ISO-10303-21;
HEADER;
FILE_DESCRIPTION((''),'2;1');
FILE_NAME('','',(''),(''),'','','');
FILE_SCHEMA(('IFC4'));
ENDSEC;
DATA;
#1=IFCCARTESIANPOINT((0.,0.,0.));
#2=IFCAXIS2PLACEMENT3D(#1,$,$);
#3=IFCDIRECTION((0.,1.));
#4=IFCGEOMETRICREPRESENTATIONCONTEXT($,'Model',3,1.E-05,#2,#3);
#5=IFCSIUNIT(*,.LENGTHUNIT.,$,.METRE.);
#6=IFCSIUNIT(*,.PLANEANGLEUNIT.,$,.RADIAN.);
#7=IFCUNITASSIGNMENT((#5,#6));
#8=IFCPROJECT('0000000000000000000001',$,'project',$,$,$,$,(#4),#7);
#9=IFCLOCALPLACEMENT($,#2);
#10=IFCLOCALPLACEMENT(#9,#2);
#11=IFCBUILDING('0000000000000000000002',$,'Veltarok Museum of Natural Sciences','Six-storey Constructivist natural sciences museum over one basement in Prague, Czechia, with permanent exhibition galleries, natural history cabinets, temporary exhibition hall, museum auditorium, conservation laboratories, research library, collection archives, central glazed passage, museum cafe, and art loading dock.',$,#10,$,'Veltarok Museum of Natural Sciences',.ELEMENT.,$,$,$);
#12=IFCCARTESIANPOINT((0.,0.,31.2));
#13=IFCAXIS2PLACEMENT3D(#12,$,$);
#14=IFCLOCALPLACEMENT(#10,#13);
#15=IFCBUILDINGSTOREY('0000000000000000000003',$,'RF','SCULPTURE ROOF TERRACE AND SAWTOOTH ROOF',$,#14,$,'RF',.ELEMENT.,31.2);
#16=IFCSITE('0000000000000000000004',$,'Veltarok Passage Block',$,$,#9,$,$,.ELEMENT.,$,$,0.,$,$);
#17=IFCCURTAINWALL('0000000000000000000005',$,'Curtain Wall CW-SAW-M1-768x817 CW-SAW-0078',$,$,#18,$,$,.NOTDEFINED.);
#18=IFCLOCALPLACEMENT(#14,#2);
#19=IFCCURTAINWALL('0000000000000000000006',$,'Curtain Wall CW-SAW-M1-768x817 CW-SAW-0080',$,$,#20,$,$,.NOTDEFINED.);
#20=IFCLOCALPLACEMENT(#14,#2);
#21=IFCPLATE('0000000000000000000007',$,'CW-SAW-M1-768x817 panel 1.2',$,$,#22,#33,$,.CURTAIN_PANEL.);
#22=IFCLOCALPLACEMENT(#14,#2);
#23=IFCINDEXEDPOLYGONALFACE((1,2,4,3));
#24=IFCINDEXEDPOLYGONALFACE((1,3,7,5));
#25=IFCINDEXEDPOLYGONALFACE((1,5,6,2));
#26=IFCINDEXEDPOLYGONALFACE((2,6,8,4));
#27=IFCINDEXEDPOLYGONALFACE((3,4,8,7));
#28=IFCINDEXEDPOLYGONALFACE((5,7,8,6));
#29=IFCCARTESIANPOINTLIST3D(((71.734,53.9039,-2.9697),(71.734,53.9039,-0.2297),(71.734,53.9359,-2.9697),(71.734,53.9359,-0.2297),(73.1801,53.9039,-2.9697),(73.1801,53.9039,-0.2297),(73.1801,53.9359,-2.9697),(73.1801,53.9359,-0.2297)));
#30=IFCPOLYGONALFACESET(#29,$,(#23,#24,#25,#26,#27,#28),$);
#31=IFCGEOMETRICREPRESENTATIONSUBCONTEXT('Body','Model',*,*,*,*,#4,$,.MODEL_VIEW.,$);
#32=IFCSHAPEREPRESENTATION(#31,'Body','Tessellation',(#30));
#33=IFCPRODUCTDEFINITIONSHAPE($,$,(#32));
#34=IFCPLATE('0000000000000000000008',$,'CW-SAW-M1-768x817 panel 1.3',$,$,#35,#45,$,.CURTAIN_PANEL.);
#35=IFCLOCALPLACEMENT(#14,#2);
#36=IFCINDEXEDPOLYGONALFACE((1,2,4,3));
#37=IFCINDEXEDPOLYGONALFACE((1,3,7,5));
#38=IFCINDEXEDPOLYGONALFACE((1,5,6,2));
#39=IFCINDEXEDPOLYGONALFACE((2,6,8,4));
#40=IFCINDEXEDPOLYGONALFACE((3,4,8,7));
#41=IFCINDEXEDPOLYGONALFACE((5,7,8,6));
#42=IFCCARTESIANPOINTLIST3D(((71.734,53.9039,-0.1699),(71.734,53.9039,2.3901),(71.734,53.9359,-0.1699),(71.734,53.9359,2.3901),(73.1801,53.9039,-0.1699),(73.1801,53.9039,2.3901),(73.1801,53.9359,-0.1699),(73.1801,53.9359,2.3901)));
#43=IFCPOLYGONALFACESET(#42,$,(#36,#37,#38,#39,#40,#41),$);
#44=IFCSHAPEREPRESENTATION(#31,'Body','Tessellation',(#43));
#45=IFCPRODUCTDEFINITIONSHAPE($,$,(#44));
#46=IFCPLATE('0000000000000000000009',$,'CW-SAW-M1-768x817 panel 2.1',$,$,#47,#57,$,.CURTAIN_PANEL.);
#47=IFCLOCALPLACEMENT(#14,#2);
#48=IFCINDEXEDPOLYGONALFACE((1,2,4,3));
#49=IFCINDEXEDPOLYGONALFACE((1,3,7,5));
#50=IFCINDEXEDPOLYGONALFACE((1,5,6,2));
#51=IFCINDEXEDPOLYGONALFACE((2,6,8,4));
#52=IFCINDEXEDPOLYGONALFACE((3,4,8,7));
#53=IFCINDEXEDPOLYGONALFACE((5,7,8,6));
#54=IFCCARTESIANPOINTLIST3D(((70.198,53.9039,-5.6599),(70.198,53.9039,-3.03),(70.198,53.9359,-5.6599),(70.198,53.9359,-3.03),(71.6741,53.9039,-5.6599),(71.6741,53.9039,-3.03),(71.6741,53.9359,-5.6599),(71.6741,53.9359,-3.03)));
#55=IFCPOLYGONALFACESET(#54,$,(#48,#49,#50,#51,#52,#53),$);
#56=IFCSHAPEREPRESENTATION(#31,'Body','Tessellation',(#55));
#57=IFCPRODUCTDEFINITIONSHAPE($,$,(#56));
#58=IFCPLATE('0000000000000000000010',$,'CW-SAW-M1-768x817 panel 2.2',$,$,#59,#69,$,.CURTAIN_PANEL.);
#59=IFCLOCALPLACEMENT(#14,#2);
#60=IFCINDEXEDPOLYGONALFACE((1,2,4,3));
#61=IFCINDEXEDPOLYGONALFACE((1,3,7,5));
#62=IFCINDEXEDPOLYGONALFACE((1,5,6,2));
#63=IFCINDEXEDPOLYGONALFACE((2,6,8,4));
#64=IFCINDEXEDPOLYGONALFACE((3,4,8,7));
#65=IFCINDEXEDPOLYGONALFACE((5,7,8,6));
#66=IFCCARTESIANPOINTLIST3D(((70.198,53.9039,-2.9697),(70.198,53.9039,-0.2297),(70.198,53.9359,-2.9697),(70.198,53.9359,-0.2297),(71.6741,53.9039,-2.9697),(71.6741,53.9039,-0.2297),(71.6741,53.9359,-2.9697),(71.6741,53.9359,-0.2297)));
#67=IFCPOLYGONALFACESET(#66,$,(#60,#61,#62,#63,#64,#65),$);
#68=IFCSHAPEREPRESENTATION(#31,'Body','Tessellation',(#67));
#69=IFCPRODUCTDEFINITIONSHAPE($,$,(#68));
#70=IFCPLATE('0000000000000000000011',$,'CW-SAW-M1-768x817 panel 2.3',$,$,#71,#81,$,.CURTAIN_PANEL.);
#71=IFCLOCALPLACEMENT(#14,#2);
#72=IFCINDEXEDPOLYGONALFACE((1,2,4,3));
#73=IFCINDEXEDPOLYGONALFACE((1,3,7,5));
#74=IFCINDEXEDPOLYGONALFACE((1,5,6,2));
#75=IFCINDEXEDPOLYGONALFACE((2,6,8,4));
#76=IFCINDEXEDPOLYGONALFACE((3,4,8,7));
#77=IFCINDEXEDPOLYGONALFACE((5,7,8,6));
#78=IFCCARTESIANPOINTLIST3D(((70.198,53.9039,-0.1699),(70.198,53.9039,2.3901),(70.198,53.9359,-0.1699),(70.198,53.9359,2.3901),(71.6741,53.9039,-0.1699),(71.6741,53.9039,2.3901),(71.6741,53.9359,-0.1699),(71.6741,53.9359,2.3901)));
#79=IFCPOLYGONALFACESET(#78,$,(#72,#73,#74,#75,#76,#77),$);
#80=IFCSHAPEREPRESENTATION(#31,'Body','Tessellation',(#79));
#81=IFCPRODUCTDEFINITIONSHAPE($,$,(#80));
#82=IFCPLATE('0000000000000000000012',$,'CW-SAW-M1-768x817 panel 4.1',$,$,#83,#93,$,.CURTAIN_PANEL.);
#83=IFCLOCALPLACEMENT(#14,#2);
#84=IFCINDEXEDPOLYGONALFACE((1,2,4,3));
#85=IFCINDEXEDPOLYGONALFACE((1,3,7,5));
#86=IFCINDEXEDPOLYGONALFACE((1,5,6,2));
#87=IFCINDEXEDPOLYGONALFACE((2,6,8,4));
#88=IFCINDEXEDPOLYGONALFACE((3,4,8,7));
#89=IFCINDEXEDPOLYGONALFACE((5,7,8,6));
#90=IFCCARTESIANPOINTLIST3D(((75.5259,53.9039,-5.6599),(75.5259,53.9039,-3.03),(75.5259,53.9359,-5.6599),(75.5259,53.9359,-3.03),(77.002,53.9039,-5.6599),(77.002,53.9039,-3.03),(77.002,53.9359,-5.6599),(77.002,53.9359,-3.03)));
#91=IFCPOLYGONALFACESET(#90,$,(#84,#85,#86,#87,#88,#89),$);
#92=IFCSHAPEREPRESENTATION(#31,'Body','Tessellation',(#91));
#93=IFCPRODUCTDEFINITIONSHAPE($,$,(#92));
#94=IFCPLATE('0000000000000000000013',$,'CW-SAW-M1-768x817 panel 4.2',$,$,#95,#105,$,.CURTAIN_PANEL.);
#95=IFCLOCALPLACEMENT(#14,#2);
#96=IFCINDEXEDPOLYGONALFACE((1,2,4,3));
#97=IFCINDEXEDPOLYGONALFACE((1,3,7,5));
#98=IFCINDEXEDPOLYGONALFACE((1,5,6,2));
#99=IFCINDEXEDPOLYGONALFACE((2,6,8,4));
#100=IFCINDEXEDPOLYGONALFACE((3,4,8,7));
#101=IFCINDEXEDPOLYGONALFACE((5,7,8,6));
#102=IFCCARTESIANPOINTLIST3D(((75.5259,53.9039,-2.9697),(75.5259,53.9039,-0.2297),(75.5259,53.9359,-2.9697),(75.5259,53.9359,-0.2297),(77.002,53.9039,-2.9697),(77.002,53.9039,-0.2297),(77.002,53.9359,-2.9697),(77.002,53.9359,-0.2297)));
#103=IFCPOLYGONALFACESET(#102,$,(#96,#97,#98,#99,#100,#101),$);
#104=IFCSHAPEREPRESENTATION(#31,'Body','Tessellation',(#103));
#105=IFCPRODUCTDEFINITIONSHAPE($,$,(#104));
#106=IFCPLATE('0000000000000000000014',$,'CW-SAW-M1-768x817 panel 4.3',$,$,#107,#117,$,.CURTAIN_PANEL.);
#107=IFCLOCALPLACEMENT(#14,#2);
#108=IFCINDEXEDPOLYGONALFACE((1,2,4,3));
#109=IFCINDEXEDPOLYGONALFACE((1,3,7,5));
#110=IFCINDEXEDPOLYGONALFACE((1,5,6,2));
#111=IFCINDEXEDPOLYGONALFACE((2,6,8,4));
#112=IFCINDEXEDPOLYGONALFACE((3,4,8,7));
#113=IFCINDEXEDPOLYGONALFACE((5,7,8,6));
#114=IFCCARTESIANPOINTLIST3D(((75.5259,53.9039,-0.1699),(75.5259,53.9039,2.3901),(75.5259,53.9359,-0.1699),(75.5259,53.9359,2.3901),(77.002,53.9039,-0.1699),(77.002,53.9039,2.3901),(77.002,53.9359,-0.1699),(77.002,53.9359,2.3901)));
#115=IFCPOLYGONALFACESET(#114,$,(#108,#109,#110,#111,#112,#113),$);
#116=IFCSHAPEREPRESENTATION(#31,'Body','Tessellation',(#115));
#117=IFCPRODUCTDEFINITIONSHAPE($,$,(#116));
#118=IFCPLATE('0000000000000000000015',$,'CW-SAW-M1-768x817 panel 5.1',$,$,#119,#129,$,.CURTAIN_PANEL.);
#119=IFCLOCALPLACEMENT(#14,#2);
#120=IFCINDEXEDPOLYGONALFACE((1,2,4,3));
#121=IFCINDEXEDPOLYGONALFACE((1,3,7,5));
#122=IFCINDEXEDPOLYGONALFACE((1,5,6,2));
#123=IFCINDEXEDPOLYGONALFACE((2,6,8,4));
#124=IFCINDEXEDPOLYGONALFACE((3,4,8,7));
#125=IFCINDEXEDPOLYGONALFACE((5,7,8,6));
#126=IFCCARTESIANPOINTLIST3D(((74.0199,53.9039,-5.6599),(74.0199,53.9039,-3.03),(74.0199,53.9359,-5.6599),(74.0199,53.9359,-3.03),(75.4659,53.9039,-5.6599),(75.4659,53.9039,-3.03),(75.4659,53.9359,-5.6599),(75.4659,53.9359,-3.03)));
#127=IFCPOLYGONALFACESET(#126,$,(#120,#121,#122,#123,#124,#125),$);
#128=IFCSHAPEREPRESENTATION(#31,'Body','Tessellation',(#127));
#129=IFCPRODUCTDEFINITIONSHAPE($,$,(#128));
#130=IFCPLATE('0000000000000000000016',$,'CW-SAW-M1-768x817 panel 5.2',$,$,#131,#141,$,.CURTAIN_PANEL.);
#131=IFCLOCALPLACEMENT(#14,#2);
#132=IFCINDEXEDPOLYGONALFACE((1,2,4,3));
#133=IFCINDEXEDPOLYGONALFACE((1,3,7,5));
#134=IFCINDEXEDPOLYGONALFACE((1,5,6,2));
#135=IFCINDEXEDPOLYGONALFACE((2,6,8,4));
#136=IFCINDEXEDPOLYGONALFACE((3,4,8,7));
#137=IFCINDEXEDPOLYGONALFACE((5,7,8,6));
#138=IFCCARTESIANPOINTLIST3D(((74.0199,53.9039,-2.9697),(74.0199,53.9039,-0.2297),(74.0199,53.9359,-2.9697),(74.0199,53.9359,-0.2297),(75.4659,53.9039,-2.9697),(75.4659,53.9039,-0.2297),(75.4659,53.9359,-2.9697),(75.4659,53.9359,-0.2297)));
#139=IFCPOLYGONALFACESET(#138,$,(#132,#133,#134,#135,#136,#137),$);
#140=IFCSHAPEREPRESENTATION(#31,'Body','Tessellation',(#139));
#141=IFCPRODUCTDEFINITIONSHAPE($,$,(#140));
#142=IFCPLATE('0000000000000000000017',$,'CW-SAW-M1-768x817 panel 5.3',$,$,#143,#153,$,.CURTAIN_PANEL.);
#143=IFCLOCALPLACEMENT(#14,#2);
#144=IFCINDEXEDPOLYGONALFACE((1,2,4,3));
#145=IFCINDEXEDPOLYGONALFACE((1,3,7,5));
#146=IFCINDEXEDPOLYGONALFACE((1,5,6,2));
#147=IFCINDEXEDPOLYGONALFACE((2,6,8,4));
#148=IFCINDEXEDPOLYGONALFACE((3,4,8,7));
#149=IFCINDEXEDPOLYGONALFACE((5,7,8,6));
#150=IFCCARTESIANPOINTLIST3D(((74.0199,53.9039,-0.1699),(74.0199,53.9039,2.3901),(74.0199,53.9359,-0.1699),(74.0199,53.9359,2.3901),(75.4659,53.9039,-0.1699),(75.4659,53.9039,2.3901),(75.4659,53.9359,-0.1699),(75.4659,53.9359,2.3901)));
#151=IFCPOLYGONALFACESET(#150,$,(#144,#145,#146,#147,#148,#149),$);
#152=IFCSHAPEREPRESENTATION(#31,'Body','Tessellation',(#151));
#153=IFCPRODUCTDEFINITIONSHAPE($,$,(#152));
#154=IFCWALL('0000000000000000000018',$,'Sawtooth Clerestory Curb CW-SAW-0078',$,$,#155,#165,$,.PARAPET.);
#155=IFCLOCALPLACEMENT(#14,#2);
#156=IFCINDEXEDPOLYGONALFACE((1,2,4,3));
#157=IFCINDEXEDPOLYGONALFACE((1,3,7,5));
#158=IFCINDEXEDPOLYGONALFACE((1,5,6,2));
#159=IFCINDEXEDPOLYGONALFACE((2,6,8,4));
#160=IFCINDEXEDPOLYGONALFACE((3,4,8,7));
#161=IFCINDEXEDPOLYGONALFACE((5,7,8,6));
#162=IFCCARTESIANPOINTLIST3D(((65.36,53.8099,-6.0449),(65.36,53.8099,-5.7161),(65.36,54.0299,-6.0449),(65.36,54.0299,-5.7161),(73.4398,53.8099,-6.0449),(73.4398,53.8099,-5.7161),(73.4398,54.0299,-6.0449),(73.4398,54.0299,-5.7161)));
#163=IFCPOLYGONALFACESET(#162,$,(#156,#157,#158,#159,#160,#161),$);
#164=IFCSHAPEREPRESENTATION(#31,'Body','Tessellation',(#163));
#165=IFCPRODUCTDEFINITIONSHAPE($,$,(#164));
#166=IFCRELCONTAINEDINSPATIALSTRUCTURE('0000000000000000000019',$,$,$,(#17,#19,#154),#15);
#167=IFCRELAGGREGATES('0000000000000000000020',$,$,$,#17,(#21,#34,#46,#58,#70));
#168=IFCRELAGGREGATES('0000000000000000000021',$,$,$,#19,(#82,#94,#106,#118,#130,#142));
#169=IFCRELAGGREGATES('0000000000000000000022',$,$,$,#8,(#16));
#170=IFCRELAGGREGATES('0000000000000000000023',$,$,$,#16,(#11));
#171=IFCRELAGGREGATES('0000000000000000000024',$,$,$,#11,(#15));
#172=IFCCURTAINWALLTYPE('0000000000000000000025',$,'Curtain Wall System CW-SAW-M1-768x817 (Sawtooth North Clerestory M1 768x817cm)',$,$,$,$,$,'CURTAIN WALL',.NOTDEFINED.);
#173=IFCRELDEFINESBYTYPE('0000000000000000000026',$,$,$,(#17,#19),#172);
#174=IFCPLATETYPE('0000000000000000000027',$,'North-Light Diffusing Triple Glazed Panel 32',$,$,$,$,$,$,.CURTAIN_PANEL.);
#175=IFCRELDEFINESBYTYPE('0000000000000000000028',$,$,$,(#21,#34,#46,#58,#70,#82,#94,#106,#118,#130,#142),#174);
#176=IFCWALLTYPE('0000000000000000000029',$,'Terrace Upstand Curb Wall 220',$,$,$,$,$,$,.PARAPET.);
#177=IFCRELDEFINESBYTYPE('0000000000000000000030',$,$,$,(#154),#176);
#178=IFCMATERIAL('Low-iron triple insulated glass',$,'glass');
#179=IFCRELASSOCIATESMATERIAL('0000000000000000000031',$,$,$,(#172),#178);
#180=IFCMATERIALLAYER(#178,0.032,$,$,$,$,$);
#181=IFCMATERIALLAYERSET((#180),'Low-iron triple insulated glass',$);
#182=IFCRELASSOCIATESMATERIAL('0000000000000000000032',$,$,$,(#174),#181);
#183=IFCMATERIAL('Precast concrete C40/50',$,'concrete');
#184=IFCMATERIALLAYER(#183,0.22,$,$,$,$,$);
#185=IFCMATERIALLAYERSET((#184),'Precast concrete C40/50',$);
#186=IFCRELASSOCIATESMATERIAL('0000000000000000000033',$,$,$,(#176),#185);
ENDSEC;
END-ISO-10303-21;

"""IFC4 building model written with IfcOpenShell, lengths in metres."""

from ifc_helpers import new_model, si_unit, direction, frame, frame_2d, origin, origin_2d, place, context, subcontext, project, spatial, rectangle, extrude, material, layer, layer_set, type_object, element, aggregate, save


model = new_model("IFC4")

# Units and contexts
model_context = context("Model", 3, precision=1e-05, world=origin(), true_north=direction((0.0, 1.0)))
body_context = subcontext(model_context, "Body", "Model", "MODEL_VIEW")
ifc_project = project(units=[si_unit("LENGTHUNIT", "METRE"), si_unit("PLANEANGLEUNIT", "RADIAN")], contexts=[model_context])

# Site, building, storey
site_placement = place(None, origin())
site = spatial("IfcSite", under=ifc_project, at=site_placement, Name="Veltarok Passage Block", CompositionType="ELEMENT", RefElevation=0.0)
building_placement = place(site_placement, origin())
building = spatial("IfcBuilding", under=site, at=building_placement, Name="Veltarok Museum of Natural Sciences", Description="Six-storey Constructivist natural sciences museum over one basement in Prague, Czechia, with permanent exhibition galleries, natural history cabinets, temporary exhibition hall, museum auditorium, conservation laboratories, research library, collection archives, central glazed passage, museum cafe, and art loading dock.", LongName="Veltarok Museum of Natural Sciences", CompositionType="ELEMENT")
storey_placement = place(building_placement, frame((0.0, 0.0, 31.2)))
storey = spatial("IfcBuildingStorey", under=building, at=storey_placement, Name="RF", Description="SCULPTURE ROOF TERRACE AND SAWTOOTH ROOF", LongName="RF", CompositionType="ELEMENT", Elevation=31.2)

# Curtain walls
ifc_material_1 = material(Name="Low-iron triple insulated glass", Category="glass")
curtain_wall_type = type_object("IfcCurtainWallType", Name="Curtain Wall System CW-SAW-M1-768x817 (Sawtooth North Clerestory M1 768x817cm)", ElementType="CURTAIN WALL", PredefinedType="NOTDEFINED", material=ifc_material_1)
curtain_wall_1_placement = place(storey_placement, origin())
curtain_wall_1 = element("IfcCurtainWall", 1, at=curtain_wall_1_placement, inside=storey, type_object=curtain_wall_type, Name="Curtain Wall CW-SAW-M1-768x817 CW-SAW-0078", PredefinedType="NOTDEFINED")
curtain_wall_2_placement = place(storey_placement, origin())
curtain_wall_2 = element("IfcCurtainWall", 2, at=curtain_wall_2_placement, inside=storey, type_object=curtain_wall_type, Name="Curtain Wall CW-SAW-M1-768x817 CW-SAW-0080", PredefinedType="NOTDEFINED")

# Plates
ifc_layer_1 = layer(ifc_material_1, 0.032)
ifc_layer_set_1 = layer_set([ifc_layer_1], Name="Low-iron triple insulated glass")
plate_type = type_object("IfcPlateType", Name="North-Light Diffusing Triple Glazed Panel 32", PredefinedType="CURTAIN_PANEL", material=ifc_layer_set_1)
plate_1_placement = place(storey_placement, frame((72.457, 53.9199, -2.9697), z_axis=(0.0, 0.0, 1.0), x_axis=(-1.0, 0.0, 0.0)))
plate_1 = element("IfcPlate", 3, at=plate_1_placement, type_object=plate_type, Name="CW-SAW-M1-768x817 panel 1.2", PredefinedType="CURTAIN_PANEL", context=body_context, shape_type="SweptSolid", body=[
    extrude(rectangle(XDim=1.446, YDim=0.032, at=origin_2d()), origin(), (0.0, 0.0, 1.0), 2.74),
])
plate_2_placement = place(storey_placement, frame((72.457, 53.9199, -0.1699), z_axis=(0.0, 0.0, 1.0), x_axis=(-1.0, 0.0, 0.0)))
plate_2 = element("IfcPlate", 4, at=plate_2_placement, type_object=plate_type, Name="CW-SAW-M1-768x817 panel 1.3", PredefinedType="CURTAIN_PANEL", context=body_context, shape_type="SweptSolid", body=[
    extrude(rectangle(XDim=1.446, YDim=0.032, at=origin_2d()), origin(), (0.0, 0.0, 1.0), 2.5601),
])
plate_3_placement = place(storey_placement, frame((70.936, 53.9199, -5.6599), z_axis=(0.0, 0.0, 1.0), x_axis=(-1.0, 0.0, 0.0)))
plate_3 = element("IfcPlate", 5, at=plate_3_placement, type_object=plate_type, Name="CW-SAW-M1-768x817 panel 2.1", PredefinedType="CURTAIN_PANEL", context=body_context, shape_type="SweptSolid", body=[
    extrude(rectangle(XDim=1.4761, YDim=0.032, at=origin_2d()), origin(), (0.0, 0.0, 1.0), 2.6299),
])
plate_4_placement = place(storey_placement, frame((70.936, 53.9199, -2.9697), z_axis=(0.0, 0.0, 1.0), x_axis=(-1.0, 0.0, 0.0)))
plate_4 = element("IfcPlate", 6, at=plate_4_placement, type_object=plate_type, Name="CW-SAW-M1-768x817 panel 2.2", PredefinedType="CURTAIN_PANEL", context=body_context, shape_type="SweptSolid", body=[
    extrude(rectangle(XDim=1.4761, YDim=0.032, at=origin_2d()), origin(), (0.0, 0.0, 1.0), 2.74),
])
plate_5_placement = place(storey_placement, frame((70.936, 53.9199, -0.1699), z_axis=(0.0, 0.0, 1.0), x_axis=(-1.0, 0.0, 0.0)))
plate_5 = element("IfcPlate", 7, at=plate_5_placement, type_object=plate_type, Name="CW-SAW-M1-768x817 panel 2.3", PredefinedType="CURTAIN_PANEL", context=body_context, shape_type="SweptSolid", body=[
    extrude(rectangle(XDim=1.4761, YDim=0.032, at=origin_2d()), origin(), (0.0, 0.0, 1.0), 2.5601),
])
aggregate(curtain_wall_1, [plate_1, plate_2, plate_3, plate_4, plate_5])
plate_6_placement = place(storey_placement, frame((76.2639, 53.9199, -5.6599), z_axis=(0.0, 0.0, 1.0), x_axis=(-1.0, 0.0, 0.0)))
plate_6 = element("IfcPlate", 8, at=plate_6_placement, type_object=plate_type, Name="CW-SAW-M1-768x817 panel 4.1", PredefinedType="CURTAIN_PANEL", context=body_context, shape_type="SweptSolid", body=[
    extrude(rectangle(XDim=1.4761, YDim=0.032, at=origin_2d()), origin(), (0.0, 0.0, 1.0), 2.6299),
])
plate_7_placement = place(storey_placement, frame((76.2639, 53.9199, -2.9697), z_axis=(0.0, 0.0, 1.0), x_axis=(-1.0, 0.0, 0.0)))
plate_7 = element("IfcPlate", 9, at=plate_7_placement, type_object=plate_type, Name="CW-SAW-M1-768x817 panel 4.2", PredefinedType="CURTAIN_PANEL", context=body_context, shape_type="SweptSolid", body=[
    extrude(rectangle(XDim=1.4761, YDim=0.032, at=origin_2d()), origin(), (0.0, 0.0, 1.0), 2.74),
])
plate_8_placement = place(storey_placement, frame((76.2639, 53.9199, -0.1699), z_axis=(0.0, 0.0, 1.0), x_axis=(-1.0, 0.0, 0.0)))
plate_8 = element("IfcPlate", 10, at=plate_8_placement, type_object=plate_type, Name="CW-SAW-M1-768x817 panel 4.3", PredefinedType="CURTAIN_PANEL", context=body_context, shape_type="SweptSolid", body=[
    extrude(rectangle(XDim=1.4761, YDim=0.032, at=origin_2d()), origin(), (0.0, 0.0, 1.0), 2.5601),
])
plate_9_placement = place(storey_placement, frame((74.7429, 53.9199, -5.6599), z_axis=(0.0, 0.0, 1.0), x_axis=(-1.0, 0.0, 0.0)))
plate_9 = element("IfcPlate", 11, at=plate_9_placement, type_object=plate_type, Name="CW-SAW-M1-768x817 panel 5.1", PredefinedType="CURTAIN_PANEL", context=body_context, shape_type="SweptSolid", body=[
    extrude(rectangle(XDim=1.446, YDim=0.032, at=origin_2d()), origin(), (0.0, 0.0, 1.0), 2.6299),
])
plate_10_placement = place(storey_placement, frame((74.7429, 53.9199, -2.9697), z_axis=(0.0, 0.0, 1.0), x_axis=(-1.0, 0.0, 0.0)))
plate_10 = element("IfcPlate", 12, at=plate_10_placement, type_object=plate_type, Name="CW-SAW-M1-768x817 panel 5.2", PredefinedType="CURTAIN_PANEL", context=body_context, shape_type="SweptSolid", body=[
    extrude(rectangle(XDim=1.446, YDim=0.032, at=origin_2d()), origin(), (0.0, 0.0, 1.0), 2.74),
])
plate_11_placement = place(storey_placement, frame((74.7429, 53.9199, -0.1699), z_axis=(0.0, 0.0, 1.0), x_axis=(-1.0, 0.0, 0.0)))
plate_11 = element("IfcPlate", 13, at=plate_11_placement, type_object=plate_type, Name="CW-SAW-M1-768x817 panel 5.3", PredefinedType="CURTAIN_PANEL", context=body_context, shape_type="SweptSolid", body=[
    extrude(rectangle(XDim=1.446, YDim=0.032, at=origin_2d()), origin(), (0.0, 0.0, 1.0), 2.5601),
])
aggregate(curtain_wall_2, [plate_6, plate_7, plate_8, plate_9, plate_10, plate_11])

# Wall
ifc_material_2 = material(Name="Precast concrete C40/50", Category="concrete")
ifc_layer_2 = layer(ifc_material_2, 0.22)
ifc_layer_set_2 = layer_set([ifc_layer_2], Name="Precast concrete C40/50")
wall_type = type_object("IfcWallType", Name="Terrace Upstand Curb Wall 220", PredefinedType="PARAPET", material=ifc_layer_set_2)
wall_placement = place(storey_placement, frame((73.4399, 53.9199, -6.0449), z_axis=(0.0, 0.0, 1.0), x_axis=(-1.0, 0.0, 0.0)))
element("IfcWall", 14, at=wall_placement, inside=storey, type_object=wall_type, Name="Sawtooth Clerestory Curb CW-SAW-0078", PredefinedType="PARAPET", context=body_context, shape_type="SweptSolid", body=[
    extrude(rectangle(XDim=8.0798, YDim=0.22, at=frame_2d((4.04, 0.0))), origin(), (0.0, 0.0, 1.0), 0.3289),
])

save(model, "model.ifc")
